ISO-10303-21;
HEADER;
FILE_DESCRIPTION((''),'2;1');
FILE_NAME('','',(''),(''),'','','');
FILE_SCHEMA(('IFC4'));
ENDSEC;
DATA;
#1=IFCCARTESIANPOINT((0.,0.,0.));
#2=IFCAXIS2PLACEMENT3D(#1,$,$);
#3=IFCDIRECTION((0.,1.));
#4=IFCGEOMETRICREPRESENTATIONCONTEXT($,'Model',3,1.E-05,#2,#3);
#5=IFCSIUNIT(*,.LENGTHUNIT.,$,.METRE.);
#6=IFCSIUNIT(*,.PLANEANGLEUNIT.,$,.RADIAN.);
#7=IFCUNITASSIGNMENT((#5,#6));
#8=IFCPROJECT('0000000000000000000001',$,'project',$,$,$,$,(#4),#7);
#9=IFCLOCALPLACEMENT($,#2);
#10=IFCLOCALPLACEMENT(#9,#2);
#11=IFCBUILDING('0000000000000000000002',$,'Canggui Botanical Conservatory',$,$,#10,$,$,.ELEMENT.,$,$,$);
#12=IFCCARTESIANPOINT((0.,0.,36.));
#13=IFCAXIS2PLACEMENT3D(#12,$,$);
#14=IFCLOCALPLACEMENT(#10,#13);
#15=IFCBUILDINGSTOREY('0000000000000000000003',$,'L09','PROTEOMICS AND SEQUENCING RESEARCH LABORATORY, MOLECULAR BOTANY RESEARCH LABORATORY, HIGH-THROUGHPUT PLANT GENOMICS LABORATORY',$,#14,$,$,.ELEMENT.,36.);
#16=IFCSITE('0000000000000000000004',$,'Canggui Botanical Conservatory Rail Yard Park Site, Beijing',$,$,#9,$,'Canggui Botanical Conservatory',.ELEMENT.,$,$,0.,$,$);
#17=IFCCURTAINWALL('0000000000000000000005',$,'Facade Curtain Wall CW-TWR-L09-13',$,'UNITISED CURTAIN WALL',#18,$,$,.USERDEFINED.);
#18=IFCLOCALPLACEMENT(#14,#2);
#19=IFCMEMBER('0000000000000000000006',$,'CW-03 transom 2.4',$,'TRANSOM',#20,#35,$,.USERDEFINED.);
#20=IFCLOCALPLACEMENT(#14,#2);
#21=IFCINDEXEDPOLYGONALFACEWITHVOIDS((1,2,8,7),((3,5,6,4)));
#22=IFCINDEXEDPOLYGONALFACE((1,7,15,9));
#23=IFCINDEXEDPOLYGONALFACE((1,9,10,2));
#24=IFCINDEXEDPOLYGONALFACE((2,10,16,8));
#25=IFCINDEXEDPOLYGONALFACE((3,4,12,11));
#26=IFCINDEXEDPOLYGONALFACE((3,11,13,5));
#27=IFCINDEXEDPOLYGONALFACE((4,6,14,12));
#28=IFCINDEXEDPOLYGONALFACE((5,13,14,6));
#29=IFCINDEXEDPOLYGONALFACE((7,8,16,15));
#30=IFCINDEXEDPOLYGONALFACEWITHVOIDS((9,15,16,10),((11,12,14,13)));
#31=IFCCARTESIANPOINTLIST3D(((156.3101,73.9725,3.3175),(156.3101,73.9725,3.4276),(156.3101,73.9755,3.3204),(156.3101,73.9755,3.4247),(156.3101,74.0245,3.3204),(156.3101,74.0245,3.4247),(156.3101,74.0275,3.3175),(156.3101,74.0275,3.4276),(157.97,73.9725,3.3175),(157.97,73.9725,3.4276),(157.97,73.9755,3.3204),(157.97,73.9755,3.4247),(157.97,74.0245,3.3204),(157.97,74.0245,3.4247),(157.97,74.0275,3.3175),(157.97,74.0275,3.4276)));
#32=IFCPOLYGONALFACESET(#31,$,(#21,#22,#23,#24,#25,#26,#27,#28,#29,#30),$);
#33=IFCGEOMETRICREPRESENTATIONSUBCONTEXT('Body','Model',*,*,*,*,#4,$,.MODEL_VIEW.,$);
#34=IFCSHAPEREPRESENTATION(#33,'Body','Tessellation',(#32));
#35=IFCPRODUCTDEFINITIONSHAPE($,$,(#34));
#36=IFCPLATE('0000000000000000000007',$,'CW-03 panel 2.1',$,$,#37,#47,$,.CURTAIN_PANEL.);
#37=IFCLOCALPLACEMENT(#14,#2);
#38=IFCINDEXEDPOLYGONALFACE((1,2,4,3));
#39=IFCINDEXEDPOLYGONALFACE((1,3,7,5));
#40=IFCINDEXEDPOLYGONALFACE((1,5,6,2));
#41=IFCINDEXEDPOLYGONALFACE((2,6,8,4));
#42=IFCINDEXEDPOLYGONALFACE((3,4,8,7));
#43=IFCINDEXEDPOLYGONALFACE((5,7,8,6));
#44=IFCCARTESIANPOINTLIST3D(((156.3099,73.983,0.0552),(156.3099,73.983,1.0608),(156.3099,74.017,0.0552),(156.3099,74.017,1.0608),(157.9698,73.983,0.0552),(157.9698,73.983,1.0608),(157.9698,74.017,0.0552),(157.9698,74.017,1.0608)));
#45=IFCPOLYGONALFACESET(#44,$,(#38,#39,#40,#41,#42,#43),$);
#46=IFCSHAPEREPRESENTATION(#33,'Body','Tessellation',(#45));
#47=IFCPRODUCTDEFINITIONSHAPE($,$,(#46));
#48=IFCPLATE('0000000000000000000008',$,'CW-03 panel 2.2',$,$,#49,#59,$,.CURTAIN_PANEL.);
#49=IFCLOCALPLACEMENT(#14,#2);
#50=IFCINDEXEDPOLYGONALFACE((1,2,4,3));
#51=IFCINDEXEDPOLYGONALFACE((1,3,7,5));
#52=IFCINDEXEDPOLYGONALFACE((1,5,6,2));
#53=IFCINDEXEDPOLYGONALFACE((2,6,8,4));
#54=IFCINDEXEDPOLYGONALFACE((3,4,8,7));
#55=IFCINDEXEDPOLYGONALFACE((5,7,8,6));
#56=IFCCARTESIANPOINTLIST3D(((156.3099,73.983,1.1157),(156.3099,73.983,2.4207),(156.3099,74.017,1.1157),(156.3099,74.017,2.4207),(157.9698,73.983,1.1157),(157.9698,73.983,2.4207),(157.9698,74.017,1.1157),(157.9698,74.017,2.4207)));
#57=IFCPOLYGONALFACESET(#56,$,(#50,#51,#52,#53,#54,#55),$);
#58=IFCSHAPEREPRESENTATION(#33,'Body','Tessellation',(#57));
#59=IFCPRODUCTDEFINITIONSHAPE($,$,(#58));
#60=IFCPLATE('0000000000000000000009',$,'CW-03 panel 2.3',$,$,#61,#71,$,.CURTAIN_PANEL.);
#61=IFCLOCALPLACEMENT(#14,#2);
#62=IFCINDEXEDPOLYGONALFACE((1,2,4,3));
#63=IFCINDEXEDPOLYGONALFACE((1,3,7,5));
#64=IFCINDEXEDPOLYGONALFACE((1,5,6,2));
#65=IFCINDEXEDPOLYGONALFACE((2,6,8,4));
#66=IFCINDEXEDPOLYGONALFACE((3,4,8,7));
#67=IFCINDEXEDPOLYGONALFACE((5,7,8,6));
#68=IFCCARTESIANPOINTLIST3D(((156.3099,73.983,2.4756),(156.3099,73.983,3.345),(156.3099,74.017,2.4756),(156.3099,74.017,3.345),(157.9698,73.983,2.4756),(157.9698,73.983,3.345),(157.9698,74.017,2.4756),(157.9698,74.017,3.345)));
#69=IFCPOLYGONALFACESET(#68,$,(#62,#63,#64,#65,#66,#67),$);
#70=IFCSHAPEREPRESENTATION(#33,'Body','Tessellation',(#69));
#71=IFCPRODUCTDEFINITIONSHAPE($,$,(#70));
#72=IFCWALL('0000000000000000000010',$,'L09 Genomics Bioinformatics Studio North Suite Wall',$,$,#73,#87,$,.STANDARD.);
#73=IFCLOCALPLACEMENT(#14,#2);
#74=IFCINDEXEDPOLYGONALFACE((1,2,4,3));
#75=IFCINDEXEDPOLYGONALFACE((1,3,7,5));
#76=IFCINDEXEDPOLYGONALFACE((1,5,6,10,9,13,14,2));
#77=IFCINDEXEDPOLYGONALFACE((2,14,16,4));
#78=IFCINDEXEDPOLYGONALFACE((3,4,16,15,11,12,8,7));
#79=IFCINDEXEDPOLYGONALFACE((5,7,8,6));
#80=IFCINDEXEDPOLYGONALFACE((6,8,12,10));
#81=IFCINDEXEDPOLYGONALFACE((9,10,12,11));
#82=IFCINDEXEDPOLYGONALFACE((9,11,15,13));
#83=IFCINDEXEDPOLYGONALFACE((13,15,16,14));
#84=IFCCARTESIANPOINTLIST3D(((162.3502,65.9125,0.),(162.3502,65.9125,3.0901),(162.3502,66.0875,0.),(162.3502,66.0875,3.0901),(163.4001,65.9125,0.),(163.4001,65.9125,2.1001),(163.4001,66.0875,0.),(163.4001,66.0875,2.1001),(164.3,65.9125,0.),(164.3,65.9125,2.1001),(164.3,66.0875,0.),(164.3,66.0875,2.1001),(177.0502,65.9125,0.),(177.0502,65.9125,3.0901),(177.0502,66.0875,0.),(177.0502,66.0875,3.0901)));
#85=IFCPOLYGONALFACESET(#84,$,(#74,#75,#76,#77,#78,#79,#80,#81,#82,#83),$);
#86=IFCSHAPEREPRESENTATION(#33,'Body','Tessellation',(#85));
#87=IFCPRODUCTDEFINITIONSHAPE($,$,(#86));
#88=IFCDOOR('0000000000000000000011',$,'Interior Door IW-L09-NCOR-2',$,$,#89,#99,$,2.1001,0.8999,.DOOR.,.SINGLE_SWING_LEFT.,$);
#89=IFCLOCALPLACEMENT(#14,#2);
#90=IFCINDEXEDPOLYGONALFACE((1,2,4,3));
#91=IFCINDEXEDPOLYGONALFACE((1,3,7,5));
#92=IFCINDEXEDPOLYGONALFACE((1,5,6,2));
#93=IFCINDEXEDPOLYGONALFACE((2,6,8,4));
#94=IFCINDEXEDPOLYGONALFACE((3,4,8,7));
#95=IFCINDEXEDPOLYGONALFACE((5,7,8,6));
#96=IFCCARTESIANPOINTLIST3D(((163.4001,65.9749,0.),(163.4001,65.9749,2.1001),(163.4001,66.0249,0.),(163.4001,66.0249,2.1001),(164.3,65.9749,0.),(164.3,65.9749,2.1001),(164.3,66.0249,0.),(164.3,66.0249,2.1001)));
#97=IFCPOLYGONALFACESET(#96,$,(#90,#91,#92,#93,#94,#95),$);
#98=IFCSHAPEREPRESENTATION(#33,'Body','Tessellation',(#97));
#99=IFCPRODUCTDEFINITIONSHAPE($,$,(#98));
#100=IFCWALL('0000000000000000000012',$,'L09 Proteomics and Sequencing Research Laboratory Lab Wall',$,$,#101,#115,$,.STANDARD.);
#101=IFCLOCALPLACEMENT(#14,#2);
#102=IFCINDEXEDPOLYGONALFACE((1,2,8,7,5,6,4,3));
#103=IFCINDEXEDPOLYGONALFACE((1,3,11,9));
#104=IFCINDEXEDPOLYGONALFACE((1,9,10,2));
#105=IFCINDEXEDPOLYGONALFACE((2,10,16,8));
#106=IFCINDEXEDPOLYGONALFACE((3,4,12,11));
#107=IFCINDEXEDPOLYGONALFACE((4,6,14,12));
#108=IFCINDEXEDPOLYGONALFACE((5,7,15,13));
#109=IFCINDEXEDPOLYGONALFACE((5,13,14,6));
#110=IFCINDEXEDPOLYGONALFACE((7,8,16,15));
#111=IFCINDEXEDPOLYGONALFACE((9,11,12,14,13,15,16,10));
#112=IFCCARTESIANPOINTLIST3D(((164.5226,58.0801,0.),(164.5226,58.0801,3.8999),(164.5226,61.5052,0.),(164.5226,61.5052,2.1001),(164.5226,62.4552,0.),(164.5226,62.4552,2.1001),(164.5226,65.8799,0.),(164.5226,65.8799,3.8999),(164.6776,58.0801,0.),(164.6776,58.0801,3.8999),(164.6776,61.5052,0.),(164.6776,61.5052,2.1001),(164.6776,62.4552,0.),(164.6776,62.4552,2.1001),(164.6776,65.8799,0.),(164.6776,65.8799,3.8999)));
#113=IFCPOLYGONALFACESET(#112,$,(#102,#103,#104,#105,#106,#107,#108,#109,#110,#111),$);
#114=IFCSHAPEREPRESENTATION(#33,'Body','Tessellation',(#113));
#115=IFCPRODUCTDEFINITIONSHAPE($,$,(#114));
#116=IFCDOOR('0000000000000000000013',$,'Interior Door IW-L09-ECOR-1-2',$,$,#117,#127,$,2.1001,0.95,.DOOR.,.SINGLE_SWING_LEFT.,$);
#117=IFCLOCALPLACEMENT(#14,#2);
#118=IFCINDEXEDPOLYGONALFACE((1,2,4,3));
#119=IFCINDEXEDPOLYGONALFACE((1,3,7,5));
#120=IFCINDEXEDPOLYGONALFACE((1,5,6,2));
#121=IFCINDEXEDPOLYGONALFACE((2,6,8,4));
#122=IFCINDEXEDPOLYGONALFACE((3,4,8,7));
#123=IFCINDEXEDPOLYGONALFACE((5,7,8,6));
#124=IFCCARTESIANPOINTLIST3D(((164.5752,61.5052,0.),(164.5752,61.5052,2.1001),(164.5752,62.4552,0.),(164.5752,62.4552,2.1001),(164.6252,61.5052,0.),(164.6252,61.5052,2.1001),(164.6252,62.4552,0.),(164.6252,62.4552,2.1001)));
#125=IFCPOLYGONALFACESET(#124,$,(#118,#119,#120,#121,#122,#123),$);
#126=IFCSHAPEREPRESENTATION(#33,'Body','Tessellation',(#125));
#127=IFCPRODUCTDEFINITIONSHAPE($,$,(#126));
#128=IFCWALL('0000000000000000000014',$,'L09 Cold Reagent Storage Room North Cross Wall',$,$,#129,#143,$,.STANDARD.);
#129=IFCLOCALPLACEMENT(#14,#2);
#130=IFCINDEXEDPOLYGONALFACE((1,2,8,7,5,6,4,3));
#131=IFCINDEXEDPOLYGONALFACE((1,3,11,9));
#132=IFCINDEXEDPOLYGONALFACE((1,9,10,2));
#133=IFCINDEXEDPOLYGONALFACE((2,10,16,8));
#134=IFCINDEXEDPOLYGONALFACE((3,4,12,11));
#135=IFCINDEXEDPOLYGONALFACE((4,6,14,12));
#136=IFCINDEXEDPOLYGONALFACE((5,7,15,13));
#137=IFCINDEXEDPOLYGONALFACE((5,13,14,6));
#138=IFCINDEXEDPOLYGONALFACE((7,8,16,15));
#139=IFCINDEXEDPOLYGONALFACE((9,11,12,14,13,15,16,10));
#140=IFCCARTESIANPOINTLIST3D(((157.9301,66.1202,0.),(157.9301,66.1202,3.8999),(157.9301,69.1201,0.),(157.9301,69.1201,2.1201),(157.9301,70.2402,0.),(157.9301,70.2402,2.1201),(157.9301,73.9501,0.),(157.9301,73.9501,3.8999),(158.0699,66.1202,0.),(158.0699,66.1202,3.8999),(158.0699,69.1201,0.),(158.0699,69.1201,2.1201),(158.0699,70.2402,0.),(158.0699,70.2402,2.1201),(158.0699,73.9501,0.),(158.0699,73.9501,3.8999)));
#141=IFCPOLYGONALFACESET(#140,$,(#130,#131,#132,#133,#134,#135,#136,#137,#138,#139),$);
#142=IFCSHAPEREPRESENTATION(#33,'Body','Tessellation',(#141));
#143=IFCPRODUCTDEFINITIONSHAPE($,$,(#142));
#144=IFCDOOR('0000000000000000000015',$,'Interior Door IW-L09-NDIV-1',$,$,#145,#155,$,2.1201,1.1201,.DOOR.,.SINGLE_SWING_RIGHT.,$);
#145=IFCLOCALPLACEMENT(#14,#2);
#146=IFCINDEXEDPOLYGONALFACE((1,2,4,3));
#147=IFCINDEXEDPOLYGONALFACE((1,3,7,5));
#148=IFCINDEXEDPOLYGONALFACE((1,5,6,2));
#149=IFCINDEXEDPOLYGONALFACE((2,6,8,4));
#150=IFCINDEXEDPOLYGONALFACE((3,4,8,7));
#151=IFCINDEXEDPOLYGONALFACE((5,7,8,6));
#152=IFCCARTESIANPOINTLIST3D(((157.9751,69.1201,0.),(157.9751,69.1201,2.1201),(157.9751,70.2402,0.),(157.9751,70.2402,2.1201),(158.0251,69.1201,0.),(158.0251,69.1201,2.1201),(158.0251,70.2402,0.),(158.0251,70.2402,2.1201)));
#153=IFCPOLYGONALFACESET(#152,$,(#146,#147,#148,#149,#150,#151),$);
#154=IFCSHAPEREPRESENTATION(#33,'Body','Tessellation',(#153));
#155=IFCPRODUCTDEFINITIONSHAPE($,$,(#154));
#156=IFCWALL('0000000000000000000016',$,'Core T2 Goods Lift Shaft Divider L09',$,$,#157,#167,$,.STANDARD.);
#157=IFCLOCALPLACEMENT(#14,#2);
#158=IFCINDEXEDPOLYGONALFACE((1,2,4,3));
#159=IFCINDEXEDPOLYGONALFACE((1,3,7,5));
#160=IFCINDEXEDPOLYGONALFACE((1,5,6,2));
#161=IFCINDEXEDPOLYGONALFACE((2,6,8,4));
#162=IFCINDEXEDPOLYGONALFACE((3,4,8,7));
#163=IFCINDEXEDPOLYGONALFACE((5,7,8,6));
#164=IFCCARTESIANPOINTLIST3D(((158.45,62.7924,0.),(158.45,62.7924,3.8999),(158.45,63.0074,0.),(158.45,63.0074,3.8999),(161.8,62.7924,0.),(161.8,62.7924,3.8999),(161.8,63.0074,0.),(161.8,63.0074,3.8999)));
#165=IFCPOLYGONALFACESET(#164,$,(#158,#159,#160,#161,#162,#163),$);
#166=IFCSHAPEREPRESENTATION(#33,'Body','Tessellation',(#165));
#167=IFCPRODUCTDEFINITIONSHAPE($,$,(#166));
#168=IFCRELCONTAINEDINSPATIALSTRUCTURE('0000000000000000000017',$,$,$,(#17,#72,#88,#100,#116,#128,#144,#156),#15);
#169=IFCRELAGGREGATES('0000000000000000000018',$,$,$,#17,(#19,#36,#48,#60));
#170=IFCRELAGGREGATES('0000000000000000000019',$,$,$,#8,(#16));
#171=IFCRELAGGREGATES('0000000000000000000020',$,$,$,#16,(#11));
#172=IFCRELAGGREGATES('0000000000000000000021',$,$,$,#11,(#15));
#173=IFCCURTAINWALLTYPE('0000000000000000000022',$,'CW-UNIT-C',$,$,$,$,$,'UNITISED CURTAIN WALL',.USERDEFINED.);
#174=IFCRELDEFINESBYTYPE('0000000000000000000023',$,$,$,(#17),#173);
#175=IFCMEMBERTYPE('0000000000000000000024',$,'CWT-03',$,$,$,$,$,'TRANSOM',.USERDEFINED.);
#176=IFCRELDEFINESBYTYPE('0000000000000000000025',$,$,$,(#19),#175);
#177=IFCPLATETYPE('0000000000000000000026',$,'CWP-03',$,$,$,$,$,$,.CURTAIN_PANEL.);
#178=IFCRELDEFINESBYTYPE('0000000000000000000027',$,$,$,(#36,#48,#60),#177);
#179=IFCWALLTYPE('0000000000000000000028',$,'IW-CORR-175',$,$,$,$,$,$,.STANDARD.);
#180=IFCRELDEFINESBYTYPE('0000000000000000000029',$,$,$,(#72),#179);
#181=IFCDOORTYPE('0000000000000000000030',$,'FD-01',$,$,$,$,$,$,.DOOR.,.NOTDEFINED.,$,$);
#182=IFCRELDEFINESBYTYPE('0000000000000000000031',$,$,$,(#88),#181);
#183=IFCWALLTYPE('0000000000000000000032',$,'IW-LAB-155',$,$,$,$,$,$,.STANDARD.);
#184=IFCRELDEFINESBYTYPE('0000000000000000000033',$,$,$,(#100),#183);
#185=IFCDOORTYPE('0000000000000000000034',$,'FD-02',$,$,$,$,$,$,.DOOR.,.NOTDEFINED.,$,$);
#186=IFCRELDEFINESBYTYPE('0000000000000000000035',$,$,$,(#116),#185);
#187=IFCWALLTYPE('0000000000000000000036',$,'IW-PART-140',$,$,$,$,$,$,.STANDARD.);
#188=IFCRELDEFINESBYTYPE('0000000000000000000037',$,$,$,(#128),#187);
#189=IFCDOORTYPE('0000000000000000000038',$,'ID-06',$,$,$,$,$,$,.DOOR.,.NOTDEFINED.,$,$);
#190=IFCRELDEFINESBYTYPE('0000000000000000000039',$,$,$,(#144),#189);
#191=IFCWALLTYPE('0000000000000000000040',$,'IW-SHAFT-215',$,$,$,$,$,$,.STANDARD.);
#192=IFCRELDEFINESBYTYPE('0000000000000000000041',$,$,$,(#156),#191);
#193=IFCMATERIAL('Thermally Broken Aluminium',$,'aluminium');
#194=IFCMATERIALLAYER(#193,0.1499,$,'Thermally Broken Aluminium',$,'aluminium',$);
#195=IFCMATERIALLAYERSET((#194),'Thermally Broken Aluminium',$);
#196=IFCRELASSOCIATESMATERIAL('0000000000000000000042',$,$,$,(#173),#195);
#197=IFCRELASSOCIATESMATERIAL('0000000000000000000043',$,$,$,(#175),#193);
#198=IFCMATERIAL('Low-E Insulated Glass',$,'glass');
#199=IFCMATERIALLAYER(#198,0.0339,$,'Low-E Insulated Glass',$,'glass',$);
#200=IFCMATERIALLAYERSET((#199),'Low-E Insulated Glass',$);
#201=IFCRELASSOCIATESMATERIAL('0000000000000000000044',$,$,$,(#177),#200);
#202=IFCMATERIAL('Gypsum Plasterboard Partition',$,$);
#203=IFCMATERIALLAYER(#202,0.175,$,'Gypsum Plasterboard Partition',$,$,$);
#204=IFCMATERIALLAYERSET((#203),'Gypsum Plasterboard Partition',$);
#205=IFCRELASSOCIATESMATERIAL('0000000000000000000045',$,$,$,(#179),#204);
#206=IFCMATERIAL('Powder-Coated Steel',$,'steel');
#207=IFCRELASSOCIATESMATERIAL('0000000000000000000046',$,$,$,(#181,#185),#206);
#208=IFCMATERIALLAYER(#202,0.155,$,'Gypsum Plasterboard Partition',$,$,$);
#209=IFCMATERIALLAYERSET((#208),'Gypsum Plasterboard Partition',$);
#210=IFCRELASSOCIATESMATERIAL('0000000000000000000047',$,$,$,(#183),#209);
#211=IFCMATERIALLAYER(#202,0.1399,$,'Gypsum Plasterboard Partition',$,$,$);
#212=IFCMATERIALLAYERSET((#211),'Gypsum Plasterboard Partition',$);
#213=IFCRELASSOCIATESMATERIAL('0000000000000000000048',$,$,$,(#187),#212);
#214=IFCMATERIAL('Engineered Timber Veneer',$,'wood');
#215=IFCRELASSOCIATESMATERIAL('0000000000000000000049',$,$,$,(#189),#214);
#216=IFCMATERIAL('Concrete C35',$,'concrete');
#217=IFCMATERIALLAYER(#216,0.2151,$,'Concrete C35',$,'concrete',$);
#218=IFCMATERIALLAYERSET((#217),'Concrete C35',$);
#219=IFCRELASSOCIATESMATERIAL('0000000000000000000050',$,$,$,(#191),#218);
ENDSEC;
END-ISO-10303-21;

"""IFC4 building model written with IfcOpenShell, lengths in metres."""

from ifc_helpers import new_model, si_unit, direction, frame, frame_2d, origin, origin_2d, place, context, subcontext, project, spatial, rectangle, hollow_rectangle, extrude, material, layer, layer_set, material_profile, profile_set, type_object, element, fill, aggregate, save


model = new_model("IFC4")

# Units and contexts
model_context = context("Model", 3, precision=1e-05, world=origin(), true_north=direction((0.0, 1.0)))
body_context = subcontext(model_context, "Body", "Model", "MODEL_VIEW")
ifc_project = project(units=[si_unit("LENGTHUNIT", "METRE"), si_unit("PLANEANGLEUNIT", "RADIAN")], contexts=[model_context])

# Site, building, storey
site_placement = place(None, origin())
site = spatial("IfcSite", under=ifc_project, at=site_placement, Name="Canggui Botanical Conservatory Rail Yard Park Site, Beijing", LongName="Canggui Botanical Conservatory", CompositionType="ELEMENT", RefElevation=0.0)
building_placement = place(site_placement, origin())
building = spatial("IfcBuilding", under=site, at=building_placement, Name="Canggui Botanical Conservatory", CompositionType="ELEMENT")
storey_placement = place(building_placement, frame((0.0, 0.0, 36.0)))
storey = spatial("IfcBuildingStorey", under=building, at=storey_placement, Name="L09", Description="PROTEOMICS AND SEQUENCING RESEARCH LABORATORY, MOLECULAR BOTANY RESEARCH LABORATORY, HIGH-THROUGHPUT PLANT GENOMICS LABORATORY", CompositionType="ELEMENT", Elevation=36.0)

# Shared definitions
ifc_material_1 = material(Name="Concrete C35", Category="concrete")

# Curtain wall, member, plates
ifc_material_2 = material(Name="Thermally Broken Aluminium", Category="aluminium")
ifc_layer_1 = layer(ifc_material_2, 0.1499, Name="Thermally Broken Aluminium", Category="aluminium")
ifc_layer_set_1 = layer_set([ifc_layer_1], Name="Thermally Broken Aluminium")
curtain_wall_type = type_object("IfcCurtainWallType", Name="CW-UNIT-C", ElementType="UNITISED CURTAIN WALL", PredefinedType="USERDEFINED", material=ifc_layer_set_1)
curtain_wall_placement = place(storey_placement, origin())
curtain_wall = element("IfcCurtainWall", 1, at=curtain_wall_placement, inside=storey, type_object=curtain_wall_type, Name="Facade Curtain Wall CW-TWR-L09-13", ObjectType="UNITISED CURTAIN WALL", PredefinedType="USERDEFINED")
ifc_material_profile_1 = material_profile(ifc_material_2, hollow_rectangle(XDim=0.0549, YDim=0.1101, WallThickness=0.0029, at=origin_2d()), Name="CWT 55x110x3")
ifc_profile_set_1 = profile_set([ifc_material_profile_1], Name="Thermally Broken Aluminium")
member_type_1 = type_object("IfcMemberType", Name="CWT-03", ElementType="TRANSOM", PredefinedType="USERDEFINED", material=ifc_profile_set_1)
member_1_placement = place(storey_placement, frame((156.3101, 74.0, 3.3726), z_axis=(1.0, 0.0, 0.0), x_axis=(0.0, 1.0, 0.0)))
member_1 = element("IfcMember", 2, at=member_1_placement, type_object=member_type_1, Name="CW-03 transom 2.4", ObjectType="TRANSOM", PredefinedType="USERDEFINED", context=body_context, shape_type="SweptSolid", body=[
    extrude(hollow_rectangle(XDim=0.0549, YDim=0.1101, WallThickness=0.0029, at=origin_2d()), origin(), (0.0, 0.0, 1.0), 1.6599),
])
ifc_material_3 = material(Name="Low-E Insulated Glass", Category="glass")
ifc_layer_2 = layer(ifc_material_3, 0.0339, Name="Low-E Insulated Glass", Category="glass")
ifc_layer_set_2 = layer_set([ifc_layer_2], Name="Low-E Insulated Glass")
plate_type = type_object("IfcPlateType", Name="CWP-03", PredefinedType="CURTAIN_PANEL", material=ifc_layer_set_2)
plate_1_placement = place(storey_placement, frame((157.1399, 74.0, 0.0552), z_axis=(0.0, 0.0, 1.0), x_axis=(1.0, 0.0, 0.0)))
plate_1 = element("IfcPlate", 3, at=plate_1_placement, type_object=plate_type, Name="CW-03 panel 2.1", PredefinedType="CURTAIN_PANEL", context=body_context, shape_type="SweptSolid", body=[
    extrude(rectangle(XDim=1.6599, YDim=0.0339, at=origin_2d()), origin(), (0.0, 0.0, 1.0), 1.0056),
])
plate_2_placement = place(storey_placement, frame((157.1399, 74.0, 1.1157), z_axis=(0.0, 0.0, 1.0), x_axis=(1.0, 0.0, 0.0)))
plate_2 = element("IfcPlate", 4, at=plate_2_placement, type_object=plate_type, Name="CW-03 panel 2.2", PredefinedType="CURTAIN_PANEL", context=body_context, shape_type="SweptSolid", body=[
    extrude(rectangle(XDim=1.6599, YDim=0.0339, at=origin_2d()), origin(), (0.0, 0.0, 1.0), 1.3049),
])
plate_3_placement = place(storey_placement, frame((157.1399, 74.0, 2.4756), z_axis=(0.0, 0.0, 1.0), x_axis=(1.0, 0.0, 0.0)))
plate_3 = element("IfcPlate", 5, at=plate_3_placement, type_object=plate_type, Name="CW-03 panel 2.3", PredefinedType="CURTAIN_PANEL", context=body_context, shape_type="SweptSolid", body=[
    extrude(rectangle(XDim=1.6599, YDim=0.0339, at=origin_2d()), origin(), (0.0, 0.0, 1.0), 0.8694),
])
aggregate(curtain_wall, [member_1, plate_1, plate_2, plate_3])

# Walls, openings, doors
ifc_material_4 = material(Name="Gypsum Plasterboard Partition")
ifc_layer_3 = layer(ifc_material_4, 0.175, Name="Gypsum Plasterboard Partition")
ifc_layer_set_3 = layer_set([ifc_layer_3], Name="Gypsum Plasterboard Partition")
wall_type_1 = type_object("IfcWallType", Name="IW-CORR-175", PredefinedType="STANDARD", material=ifc_layer_set_3)
wall_1_placement = place(storey_placement, frame((162.3501, 66.0, 0.0), z_axis=(0.0, 0.0, 1.0), x_axis=(1.0, 0.0, 0.0)))
wall_1 = element("IfcWall", 6, at=wall_1_placement, inside=storey, type_object=wall_type_1, Name="L09 Genomics Bioinformatics Studio North Suite Wall", PredefinedType="STANDARD", context=body_context, shape_type="SweptSolid", body=[
    extrude(rectangle(XDim=14.7, YDim=0.175, at=frame_2d((7.3501, 0.0))), origin(), (0.0, 0.0, 1.0), 3.0901),
])
opening_1_placement = place(wall_1_placement, frame((1.05, 0.0, 0.0)))
opening_1 = element("IfcOpeningElement", 7, at=opening_1_placement, cuts=wall_1, PredefinedType="OPENING", context=body_context, shape_type="SweptSolid", body=[
    extrude(rectangle(XDim=0.8999, YDim=2.1001, at=frame_2d((0.45, 1.05))), frame((0.0, 0.0977, 0.0), z_axis=(0.0, -1.0, 0.0), x_axis=(1.0, 0.0, 0.0)), (0.0, 0.0, 1.0), 0.1951),
])
ifc_material_5 = material(Name="Powder-Coated Steel", Category="steel")
door_type_1 = type_object("IfcDoorType", Name="FD-01", OperationType="NOTDEFINED", PredefinedType="DOOR", material=ifc_material_5)
door_1_placement = place(opening_1_placement, origin())
door_1 = element("IfcDoor", 8, at=door_1_placement, inside=storey, type_object=door_type_1, Name="Interior Door IW-L09-NCOR-2", OperationType="SINGLE_SWING_LEFT", OverallHeight=2.1001, OverallWidth=0.8999, PredefinedType="DOOR", context=body_context, shape_type="SweptSolid", body=[
    extrude(rectangle(XDim=0.8999, YDim=2.1001, at=frame_2d((0.45, 1.05))), frame((0.0, 0.0249, 0.0), z_axis=(0.0, -1.0, 0.0), x_axis=(1.0, 0.0, 0.0)), (0.0, 0.0, 1.0), 0.05),
])
fill(opening_1, door_1)
ifc_layer_4 = layer(ifc_material_4, 0.155, Name="Gypsum Plasterboard Partition")
ifc_layer_set_4 = layer_set([ifc_layer_4], Name="Gypsum Plasterboard Partition")
wall_type_2 = type_object("IfcWallType", Name="IW-LAB-155", PredefinedType="STANDARD", material=ifc_layer_set_4)
wall_2_placement = place(storey_placement, frame((164.6001, 58.0801, 0.0), z_axis=(0.0, 0.0, 1.0), x_axis=(0.0, 1.0, 0.0)))
wall_2 = element("IfcWall", 9, at=wall_2_placement, inside=storey, type_object=wall_type_2, Name="L09 Proteomics and Sequencing Research Laboratory Lab Wall", PredefinedType="STANDARD", context=body_context, shape_type="SweptSolid", body=[
    extrude(rectangle(XDim=7.7998, YDim=0.155, at=frame_2d((3.8999, 0.0))), origin(), (0.0, 0.0, 1.0), 3.8999),
])
opening_2_placement = place(wall_2_placement, frame((3.425, 0.0, 0.0)))
opening_2 = element("IfcOpeningElement", 10, at=opening_2_placement, cuts=wall_2, PredefinedType="OPENING", context=body_context, shape_type="SweptSolid", body=[
    extrude(rectangle(XDim=0.95, YDim=2.1001, at=frame_2d((0.4751, 1.05))), frame((0.0, 0.0874, 0.0), z_axis=(0.0, -1.0, 0.0), x_axis=(1.0, 0.0, 0.0)), (0.0, 0.0, 1.0), 0.175),
])
door_type_2 = type_object("IfcDoorType", Name="FD-02", OperationType="NOTDEFINED", PredefinedType="DOOR", material=ifc_material_5)
door_2_placement = place(opening_2_placement, origin())
door_2 = element("IfcDoor", 11, at=door_2_placement, inside=storey, type_object=door_type_2, Name="Interior Door IW-L09-ECOR-1-2", OperationType="SINGLE_SWING_LEFT", OverallHeight=2.1001, OverallWidth=0.95, PredefinedType="DOOR", context=body_context, shape_type="SweptSolid", body=[
    extrude(rectangle(XDim=0.95, YDim=2.1001, at=frame_2d((0.4751, 1.05))), frame((0.0, 0.0249, 0.0), z_axis=(0.0, -1.0, 0.0), x_axis=(1.0, 0.0, 0.0)), (0.0, 0.0, 1.0), 0.05),
])
fill(opening_2, door_2)
ifc_layer_5 = layer(ifc_material_4, 0.1399, Name="Gypsum Plasterboard Partition")
ifc_layer_set_5 = layer_set([ifc_layer_5], Name="Gypsum Plasterboard Partition")
wall_type_3 = type_object("IfcWallType", Name="IW-PART-140", PredefinedType="STANDARD", material=ifc_layer_set_5)
wall_3_placement = place(storey_placement, frame((158.0, 66.1201, 0.0), z_axis=(0.0, 0.0, 1.0), x_axis=(0.0, 1.0, 0.0)))
wall_3 = element("IfcWall", 12, at=wall_3_placement, inside=storey, type_object=wall_type_3, Name="L09 Cold Reagent Storage Room North Cross Wall", PredefinedType="STANDARD", context=body_context, shape_type="SweptSolid", body=[
    extrude(rectangle(XDim=7.8298, YDim=0.1399, at=frame_2d((3.915, 0.0))), origin(), (0.0, 0.0, 1.0), 3.8999),
])
opening_3_placement = place(wall_3_placement, frame((3.0, 0.0, 0.0)))
opening_3 = element("IfcOpeningElement", 13, at=opening_3_placement, cuts=wall_3, PredefinedType="OPENING", context=body_context, shape_type="SweptSolid", body=[
    extrude(rectangle(XDim=1.1201, YDim=2.1201, at=frame_2d((0.5601, 1.0601))), frame((0.0, 0.0801, 0.0), z_axis=(0.0, -1.0, 0.0), x_axis=(1.0, 0.0, 0.0)), (0.0, 0.0, 1.0), 0.1599),
])
ifc_material_6 = material(Name="Engineered Timber Veneer", Category="wood")
door_type_3 = type_object("IfcDoorType", Name="ID-06", OperationType="NOTDEFINED", PredefinedType="DOOR", material=ifc_material_6)
door_3_placement = place(opening_3_placement, origin())
door_3 = element("IfcDoor", 14, at=door_3_placement, inside=storey, type_object=door_type_3, Name="Interior Door IW-L09-NDIV-1", OperationType="SINGLE_SWING_RIGHT", OverallHeight=2.1201, OverallWidth=1.1201, PredefinedType="DOOR", context=body_context, shape_type="SweptSolid", body=[
    extrude(rectangle(XDim=1.1201, YDim=2.1201, at=frame_2d((0.5601, 1.0601))), frame((0.0, 0.0249, 0.0), z_axis=(0.0, -1.0, 0.0), x_axis=(1.0, 0.0, 0.0)), (0.0, 0.0, 1.0), 0.05),
])
fill(opening_3, door_3)

# Wall
ifc_layer_6 = layer(ifc_material_1, 0.2151, Name="Concrete C35", Category="concrete")
ifc_layer_set_6 = layer_set([ifc_layer_6], Name="Concrete C35")
wall_type_4 = type_object("IfcWallType", Name="IW-SHAFT-215", PredefinedType="STANDARD", material=ifc_layer_set_6)
wall_4_placement = place(storey_placement, frame((158.45, 62.8999, 0.0), z_axis=(0.0, 0.0, 1.0), x_axis=(1.0, 0.0, 0.0)))
element("IfcWall", 15, at=wall_4_placement, inside=storey, type_object=wall_type_4, Name="Core T2 Goods Lift Shaft Divider L09", PredefinedType="STANDARD", context=body_context, shape_type="SweptSolid", body=[
    extrude(rectangle(XDim=3.3501, YDim=0.2151, at=frame_2d((1.675, 0.0))), origin(), (0.0, 0.0, 1.0), 3.8999),
])

save(model, "model.ifc")
